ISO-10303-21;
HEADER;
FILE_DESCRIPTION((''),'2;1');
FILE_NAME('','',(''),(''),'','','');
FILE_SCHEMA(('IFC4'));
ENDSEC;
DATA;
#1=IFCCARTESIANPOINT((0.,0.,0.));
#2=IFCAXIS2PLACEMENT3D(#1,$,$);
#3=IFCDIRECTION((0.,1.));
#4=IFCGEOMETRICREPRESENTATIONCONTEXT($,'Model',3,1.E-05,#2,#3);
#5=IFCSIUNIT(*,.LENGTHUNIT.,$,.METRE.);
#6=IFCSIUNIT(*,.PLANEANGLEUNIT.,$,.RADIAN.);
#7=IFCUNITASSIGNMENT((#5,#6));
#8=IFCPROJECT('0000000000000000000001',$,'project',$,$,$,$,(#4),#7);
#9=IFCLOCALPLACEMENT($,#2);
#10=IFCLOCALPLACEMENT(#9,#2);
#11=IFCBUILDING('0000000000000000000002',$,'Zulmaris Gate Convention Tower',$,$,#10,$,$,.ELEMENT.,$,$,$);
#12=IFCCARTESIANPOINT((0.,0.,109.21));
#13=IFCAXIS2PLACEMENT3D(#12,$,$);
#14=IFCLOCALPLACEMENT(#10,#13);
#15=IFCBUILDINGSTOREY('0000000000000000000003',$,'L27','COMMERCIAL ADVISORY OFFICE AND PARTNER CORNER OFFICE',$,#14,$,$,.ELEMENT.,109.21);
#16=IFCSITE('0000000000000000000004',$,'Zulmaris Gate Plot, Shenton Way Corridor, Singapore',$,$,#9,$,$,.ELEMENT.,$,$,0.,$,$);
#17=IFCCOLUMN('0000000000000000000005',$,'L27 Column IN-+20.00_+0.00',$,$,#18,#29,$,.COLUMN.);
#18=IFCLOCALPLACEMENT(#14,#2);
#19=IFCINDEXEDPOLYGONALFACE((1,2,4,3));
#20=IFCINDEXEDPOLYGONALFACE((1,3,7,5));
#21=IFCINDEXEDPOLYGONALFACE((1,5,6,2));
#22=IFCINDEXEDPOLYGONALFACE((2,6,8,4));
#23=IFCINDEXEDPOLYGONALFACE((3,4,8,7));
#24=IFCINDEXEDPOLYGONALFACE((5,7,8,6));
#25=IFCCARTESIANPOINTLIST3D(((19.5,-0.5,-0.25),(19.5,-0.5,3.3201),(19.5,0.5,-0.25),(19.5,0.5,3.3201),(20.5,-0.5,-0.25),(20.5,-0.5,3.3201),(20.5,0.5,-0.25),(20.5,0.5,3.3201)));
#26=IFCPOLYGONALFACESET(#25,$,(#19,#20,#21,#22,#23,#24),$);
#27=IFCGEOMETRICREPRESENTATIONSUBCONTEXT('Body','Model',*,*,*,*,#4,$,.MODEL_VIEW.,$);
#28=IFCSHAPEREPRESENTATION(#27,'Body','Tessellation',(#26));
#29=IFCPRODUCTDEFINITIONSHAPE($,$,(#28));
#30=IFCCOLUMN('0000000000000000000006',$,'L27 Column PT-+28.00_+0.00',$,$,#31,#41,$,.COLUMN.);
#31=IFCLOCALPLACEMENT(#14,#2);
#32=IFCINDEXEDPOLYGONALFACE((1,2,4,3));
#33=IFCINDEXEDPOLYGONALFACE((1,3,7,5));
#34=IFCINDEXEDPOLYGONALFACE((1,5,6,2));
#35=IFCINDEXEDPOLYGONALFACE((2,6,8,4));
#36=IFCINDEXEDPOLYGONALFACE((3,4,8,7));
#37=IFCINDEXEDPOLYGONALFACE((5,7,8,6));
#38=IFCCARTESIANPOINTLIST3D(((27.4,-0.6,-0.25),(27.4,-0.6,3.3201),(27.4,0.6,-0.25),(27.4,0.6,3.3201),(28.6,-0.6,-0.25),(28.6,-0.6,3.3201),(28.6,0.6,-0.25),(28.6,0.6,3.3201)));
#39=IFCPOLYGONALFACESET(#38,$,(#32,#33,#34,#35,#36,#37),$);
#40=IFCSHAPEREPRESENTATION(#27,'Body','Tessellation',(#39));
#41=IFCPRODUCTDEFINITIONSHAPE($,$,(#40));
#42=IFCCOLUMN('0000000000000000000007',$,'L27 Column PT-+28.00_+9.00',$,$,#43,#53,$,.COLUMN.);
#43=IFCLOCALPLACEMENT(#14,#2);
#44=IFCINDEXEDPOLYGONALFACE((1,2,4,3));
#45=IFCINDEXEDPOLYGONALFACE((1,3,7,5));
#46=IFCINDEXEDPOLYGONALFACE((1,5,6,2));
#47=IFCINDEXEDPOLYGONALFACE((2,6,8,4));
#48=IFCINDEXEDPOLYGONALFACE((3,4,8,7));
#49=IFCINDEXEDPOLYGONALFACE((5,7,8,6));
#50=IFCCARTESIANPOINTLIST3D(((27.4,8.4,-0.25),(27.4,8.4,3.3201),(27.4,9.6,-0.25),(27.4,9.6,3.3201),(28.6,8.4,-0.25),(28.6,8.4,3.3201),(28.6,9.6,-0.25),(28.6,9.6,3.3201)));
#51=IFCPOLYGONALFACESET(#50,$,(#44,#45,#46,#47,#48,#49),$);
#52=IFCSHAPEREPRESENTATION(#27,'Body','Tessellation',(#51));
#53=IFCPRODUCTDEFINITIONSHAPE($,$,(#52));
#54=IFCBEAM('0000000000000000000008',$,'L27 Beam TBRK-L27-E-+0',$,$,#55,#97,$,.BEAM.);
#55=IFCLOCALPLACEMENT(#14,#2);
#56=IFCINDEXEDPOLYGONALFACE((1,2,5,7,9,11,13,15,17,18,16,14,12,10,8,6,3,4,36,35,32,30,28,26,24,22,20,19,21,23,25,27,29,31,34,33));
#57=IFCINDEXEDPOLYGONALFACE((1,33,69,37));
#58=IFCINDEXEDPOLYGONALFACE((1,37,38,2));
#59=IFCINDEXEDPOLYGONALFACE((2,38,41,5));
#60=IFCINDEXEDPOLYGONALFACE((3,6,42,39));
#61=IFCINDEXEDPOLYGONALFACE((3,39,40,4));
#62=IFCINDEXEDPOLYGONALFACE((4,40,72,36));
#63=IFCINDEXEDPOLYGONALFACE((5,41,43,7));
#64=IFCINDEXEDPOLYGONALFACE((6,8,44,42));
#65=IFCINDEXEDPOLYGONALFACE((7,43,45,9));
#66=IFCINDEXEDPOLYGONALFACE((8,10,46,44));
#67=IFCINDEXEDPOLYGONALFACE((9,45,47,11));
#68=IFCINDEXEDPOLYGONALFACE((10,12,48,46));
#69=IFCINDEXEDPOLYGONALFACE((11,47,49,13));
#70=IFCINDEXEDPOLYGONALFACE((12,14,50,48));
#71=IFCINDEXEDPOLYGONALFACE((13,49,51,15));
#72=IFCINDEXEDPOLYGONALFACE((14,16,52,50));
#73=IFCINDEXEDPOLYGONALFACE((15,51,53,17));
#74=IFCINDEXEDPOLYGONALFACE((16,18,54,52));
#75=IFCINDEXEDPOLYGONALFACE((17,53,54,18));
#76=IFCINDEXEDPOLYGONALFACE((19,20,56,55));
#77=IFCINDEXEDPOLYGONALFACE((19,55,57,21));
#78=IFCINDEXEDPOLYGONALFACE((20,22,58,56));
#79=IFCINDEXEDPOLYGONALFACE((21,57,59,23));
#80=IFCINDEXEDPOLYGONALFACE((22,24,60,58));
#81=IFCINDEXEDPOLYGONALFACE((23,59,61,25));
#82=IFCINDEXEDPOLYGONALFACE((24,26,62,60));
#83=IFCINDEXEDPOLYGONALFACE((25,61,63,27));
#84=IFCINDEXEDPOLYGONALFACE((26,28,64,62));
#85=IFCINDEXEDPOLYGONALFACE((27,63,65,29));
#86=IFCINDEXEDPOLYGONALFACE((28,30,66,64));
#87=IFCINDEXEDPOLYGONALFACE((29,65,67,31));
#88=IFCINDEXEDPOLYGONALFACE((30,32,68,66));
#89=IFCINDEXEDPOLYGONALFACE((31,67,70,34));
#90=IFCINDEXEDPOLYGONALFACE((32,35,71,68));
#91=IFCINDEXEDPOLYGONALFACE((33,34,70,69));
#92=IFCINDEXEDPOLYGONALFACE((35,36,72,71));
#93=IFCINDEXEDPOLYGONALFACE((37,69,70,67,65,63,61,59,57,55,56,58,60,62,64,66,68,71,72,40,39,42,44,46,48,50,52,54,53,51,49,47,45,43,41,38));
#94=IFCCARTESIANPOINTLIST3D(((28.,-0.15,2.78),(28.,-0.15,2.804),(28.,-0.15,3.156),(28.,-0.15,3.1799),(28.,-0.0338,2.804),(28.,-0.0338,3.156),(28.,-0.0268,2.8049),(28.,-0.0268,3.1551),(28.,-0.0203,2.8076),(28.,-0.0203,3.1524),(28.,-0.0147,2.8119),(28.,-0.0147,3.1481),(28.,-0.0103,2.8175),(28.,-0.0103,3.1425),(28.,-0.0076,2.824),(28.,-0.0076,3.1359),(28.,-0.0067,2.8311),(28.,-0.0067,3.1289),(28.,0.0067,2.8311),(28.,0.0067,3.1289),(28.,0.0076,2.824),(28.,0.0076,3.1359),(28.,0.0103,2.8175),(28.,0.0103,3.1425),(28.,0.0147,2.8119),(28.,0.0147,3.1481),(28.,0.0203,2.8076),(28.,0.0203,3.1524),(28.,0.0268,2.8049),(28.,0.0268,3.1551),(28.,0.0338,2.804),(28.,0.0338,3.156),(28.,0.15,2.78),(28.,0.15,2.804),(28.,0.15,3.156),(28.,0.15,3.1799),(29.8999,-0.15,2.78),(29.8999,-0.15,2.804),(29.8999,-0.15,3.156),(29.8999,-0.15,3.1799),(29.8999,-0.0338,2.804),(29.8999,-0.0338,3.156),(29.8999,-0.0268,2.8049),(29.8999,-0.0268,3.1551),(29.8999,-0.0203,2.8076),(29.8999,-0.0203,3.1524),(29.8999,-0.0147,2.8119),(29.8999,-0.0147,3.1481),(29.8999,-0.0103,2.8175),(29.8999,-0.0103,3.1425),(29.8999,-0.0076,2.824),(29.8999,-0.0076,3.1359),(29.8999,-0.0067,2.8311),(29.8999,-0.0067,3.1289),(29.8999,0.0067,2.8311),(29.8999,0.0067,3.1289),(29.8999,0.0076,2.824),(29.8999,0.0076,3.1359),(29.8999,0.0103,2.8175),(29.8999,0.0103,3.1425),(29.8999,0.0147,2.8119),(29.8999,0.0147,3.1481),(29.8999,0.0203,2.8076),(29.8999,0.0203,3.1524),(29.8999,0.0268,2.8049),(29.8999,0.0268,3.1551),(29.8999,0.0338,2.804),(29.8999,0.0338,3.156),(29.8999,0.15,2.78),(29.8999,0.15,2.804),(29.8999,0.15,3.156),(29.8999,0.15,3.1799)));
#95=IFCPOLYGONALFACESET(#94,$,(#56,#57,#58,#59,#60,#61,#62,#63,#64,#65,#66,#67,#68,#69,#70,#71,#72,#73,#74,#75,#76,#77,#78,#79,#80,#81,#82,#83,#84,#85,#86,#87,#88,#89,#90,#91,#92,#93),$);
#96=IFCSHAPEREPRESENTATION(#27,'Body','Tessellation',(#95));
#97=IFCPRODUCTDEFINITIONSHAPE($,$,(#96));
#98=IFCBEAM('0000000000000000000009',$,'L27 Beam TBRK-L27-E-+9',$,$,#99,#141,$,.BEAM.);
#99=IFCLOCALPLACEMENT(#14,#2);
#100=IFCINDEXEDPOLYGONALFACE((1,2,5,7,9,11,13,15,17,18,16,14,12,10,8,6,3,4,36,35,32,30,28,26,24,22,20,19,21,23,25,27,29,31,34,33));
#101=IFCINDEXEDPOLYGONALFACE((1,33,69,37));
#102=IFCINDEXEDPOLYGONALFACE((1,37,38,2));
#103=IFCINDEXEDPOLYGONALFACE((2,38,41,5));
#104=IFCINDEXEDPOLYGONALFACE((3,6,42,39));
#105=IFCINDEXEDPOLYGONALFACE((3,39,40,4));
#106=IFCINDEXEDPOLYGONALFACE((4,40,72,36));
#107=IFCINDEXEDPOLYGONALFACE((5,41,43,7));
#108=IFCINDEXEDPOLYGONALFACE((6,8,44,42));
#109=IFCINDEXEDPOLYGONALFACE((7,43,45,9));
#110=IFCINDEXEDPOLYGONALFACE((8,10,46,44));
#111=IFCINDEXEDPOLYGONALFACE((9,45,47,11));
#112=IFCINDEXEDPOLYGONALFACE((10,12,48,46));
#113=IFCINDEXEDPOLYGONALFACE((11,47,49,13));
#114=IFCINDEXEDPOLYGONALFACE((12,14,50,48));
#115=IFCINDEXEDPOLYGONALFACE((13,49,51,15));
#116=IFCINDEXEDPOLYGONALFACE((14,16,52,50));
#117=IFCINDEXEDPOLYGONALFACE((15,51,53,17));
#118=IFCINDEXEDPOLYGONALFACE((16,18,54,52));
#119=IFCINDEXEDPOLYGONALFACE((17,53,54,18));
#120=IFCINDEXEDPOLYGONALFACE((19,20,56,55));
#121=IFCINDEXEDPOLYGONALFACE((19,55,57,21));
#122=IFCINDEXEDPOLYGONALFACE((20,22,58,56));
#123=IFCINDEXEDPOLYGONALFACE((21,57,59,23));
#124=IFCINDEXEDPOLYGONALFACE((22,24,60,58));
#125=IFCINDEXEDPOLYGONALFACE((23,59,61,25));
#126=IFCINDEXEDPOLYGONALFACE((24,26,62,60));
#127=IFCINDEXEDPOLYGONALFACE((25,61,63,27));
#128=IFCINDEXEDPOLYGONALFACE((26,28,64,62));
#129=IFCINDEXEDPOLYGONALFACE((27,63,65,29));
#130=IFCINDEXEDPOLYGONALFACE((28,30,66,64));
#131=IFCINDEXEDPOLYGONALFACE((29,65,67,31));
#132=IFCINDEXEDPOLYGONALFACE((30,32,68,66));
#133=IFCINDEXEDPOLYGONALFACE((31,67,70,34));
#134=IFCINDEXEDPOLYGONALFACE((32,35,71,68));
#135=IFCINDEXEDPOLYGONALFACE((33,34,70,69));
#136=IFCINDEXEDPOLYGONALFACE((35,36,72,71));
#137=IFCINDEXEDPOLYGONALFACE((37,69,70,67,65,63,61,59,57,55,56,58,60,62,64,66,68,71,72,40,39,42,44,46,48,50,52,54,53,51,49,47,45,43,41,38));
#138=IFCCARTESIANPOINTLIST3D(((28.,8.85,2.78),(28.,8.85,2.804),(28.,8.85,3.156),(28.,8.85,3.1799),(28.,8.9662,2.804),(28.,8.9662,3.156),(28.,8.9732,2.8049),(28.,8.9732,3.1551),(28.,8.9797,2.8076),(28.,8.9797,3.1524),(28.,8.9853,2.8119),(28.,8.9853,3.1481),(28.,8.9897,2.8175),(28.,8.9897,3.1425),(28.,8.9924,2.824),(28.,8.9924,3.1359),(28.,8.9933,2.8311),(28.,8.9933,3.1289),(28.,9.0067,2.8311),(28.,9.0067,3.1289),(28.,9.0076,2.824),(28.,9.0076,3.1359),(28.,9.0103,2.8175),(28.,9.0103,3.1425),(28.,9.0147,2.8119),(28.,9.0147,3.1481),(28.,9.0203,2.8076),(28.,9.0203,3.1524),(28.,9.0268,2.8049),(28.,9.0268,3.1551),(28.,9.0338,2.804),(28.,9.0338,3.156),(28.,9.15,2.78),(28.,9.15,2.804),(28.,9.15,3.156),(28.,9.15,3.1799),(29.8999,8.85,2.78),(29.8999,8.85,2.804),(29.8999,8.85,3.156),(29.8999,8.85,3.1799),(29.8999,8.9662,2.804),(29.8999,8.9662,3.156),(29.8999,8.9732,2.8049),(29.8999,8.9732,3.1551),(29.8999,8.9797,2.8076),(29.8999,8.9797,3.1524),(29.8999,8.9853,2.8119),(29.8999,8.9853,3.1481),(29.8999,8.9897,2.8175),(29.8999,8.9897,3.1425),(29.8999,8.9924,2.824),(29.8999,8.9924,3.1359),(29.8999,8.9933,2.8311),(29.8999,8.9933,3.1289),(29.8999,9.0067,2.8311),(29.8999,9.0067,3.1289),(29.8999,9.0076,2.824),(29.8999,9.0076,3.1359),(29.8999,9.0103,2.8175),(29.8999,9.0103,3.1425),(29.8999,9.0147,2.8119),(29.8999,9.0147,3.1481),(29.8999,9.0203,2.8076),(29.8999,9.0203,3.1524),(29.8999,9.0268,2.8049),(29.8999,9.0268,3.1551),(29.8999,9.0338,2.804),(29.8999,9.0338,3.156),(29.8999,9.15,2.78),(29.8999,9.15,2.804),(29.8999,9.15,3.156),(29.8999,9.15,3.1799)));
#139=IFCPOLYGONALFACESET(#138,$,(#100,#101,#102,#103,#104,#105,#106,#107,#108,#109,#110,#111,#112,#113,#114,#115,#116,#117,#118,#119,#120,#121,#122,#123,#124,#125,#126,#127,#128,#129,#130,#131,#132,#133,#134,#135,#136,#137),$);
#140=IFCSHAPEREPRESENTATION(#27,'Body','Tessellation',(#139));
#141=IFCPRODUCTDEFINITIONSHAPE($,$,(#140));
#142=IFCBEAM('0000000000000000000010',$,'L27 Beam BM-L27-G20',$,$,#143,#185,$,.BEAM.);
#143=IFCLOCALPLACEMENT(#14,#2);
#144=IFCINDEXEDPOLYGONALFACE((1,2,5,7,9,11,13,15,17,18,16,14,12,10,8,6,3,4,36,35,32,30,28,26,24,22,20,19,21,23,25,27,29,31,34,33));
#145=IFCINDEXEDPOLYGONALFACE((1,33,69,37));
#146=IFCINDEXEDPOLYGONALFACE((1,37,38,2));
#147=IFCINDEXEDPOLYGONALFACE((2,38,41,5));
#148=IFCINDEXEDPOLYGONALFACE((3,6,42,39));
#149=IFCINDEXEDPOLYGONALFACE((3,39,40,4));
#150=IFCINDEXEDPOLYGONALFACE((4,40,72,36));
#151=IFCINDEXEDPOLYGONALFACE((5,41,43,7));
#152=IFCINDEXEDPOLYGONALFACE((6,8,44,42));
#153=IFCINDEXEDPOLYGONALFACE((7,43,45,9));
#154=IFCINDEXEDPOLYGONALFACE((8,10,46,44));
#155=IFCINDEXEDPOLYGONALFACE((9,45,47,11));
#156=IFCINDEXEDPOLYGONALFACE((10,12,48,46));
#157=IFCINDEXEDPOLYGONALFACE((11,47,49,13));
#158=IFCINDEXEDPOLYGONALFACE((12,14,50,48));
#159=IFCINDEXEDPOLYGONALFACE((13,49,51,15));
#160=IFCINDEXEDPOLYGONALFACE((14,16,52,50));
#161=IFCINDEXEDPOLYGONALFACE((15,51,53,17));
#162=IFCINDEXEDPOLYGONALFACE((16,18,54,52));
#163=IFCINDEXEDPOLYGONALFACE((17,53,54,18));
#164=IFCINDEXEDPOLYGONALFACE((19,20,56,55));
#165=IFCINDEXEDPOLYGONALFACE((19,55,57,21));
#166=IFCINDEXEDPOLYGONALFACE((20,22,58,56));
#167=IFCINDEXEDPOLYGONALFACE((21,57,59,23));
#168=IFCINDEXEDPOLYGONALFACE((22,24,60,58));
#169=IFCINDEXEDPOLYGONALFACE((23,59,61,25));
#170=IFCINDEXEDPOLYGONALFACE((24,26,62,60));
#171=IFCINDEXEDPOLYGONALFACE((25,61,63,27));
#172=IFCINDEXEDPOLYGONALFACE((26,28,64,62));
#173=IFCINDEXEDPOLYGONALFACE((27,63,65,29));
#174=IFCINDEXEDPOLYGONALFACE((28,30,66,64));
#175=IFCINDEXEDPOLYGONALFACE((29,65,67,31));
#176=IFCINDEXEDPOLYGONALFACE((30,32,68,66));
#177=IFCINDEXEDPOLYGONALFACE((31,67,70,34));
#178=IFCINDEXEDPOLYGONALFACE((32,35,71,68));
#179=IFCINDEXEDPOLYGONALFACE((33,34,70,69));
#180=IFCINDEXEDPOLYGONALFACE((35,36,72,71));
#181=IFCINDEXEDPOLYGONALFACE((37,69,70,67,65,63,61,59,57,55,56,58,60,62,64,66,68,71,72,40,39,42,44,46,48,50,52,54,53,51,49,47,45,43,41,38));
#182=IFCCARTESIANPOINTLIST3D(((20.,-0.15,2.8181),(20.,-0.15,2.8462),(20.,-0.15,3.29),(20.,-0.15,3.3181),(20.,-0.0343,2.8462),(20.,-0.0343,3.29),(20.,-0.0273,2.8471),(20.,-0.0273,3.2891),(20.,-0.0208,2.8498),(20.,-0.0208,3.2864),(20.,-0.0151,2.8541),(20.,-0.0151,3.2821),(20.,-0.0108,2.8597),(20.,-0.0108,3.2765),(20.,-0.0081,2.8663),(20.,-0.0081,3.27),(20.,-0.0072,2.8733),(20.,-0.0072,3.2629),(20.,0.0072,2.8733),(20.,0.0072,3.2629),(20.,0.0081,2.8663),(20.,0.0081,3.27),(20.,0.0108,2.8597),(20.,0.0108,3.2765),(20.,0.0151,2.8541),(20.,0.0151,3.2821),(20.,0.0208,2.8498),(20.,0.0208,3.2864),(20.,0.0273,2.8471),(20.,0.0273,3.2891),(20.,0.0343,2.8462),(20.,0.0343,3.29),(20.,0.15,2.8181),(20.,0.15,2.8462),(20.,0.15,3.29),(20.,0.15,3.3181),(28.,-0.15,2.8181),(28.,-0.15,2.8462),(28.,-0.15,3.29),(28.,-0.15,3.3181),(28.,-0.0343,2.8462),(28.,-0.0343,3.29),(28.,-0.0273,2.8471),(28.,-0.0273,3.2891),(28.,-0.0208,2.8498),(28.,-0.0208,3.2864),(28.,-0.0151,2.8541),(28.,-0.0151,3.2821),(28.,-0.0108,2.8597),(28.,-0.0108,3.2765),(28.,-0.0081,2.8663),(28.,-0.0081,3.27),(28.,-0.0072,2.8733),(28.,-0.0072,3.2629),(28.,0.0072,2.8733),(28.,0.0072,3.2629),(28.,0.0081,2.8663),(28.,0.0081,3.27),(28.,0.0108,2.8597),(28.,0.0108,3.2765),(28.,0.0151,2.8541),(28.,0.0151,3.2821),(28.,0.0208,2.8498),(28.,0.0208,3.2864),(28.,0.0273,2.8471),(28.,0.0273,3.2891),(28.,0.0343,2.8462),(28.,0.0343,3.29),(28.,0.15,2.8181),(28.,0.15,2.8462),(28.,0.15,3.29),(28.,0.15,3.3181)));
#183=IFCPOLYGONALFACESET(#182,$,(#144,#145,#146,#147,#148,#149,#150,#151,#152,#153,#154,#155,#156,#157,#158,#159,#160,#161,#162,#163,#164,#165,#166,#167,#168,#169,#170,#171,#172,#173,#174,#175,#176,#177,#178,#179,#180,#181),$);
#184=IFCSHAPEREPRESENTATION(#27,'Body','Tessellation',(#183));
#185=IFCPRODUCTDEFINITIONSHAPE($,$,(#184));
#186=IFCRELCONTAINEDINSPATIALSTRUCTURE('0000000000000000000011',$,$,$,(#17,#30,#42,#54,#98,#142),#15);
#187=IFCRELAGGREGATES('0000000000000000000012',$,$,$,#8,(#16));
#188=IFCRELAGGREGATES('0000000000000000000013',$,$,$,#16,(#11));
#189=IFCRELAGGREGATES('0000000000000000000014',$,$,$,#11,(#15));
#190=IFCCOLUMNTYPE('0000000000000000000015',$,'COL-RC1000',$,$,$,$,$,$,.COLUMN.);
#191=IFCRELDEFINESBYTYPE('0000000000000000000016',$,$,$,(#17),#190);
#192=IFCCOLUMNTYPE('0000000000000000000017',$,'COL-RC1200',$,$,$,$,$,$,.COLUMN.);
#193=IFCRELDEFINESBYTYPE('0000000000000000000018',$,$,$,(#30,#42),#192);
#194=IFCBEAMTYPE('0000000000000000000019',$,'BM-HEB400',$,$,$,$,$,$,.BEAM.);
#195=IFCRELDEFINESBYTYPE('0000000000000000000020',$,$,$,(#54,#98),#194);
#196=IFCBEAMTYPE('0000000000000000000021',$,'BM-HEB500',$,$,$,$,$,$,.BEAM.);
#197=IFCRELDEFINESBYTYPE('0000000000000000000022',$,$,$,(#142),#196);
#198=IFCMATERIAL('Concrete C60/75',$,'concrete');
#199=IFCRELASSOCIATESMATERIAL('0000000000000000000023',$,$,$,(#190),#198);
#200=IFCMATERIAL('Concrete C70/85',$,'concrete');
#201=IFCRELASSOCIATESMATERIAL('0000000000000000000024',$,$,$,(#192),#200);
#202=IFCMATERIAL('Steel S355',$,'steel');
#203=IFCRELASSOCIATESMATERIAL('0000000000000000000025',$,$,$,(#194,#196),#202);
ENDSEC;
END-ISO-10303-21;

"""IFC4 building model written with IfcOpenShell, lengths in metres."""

from ifc_helpers import new_model, si_unit, direction, frame, origin, origin_2d, place, context, subcontext, project, spatial, rectangle, i_section, extrude, material, material_profile, profile_set, type_object, element, save


model = new_model("IFC4")

# Units and contexts
model_context = context("Model", 3, precision=1e-05, world=origin(), true_north=direction((0.0, 1.0)))
body_context = subcontext(model_context, "Body", "Model", "MODEL_VIEW")
ifc_project = project(units=[si_unit("LENGTHUNIT", "METRE"), si_unit("PLANEANGLEUNIT", "RADIAN")], contexts=[model_context])

# Site, building, storey
site_placement = place(None, origin())
site = spatial("IfcSite", under=ifc_project, at=site_placement, Name="Zulmaris Gate Plot, Shenton Way Corridor, Singapore", CompositionType="ELEMENT", RefElevation=0.0)
building_placement = place(site_placement, origin())
building = spatial("IfcBuilding", under=site, at=building_placement, Name="Zulmaris Gate Convention Tower", CompositionType="ELEMENT")
storey_placement = place(building_placement, frame((0.0, 0.0, 109.21)))
storey = spatial("IfcBuildingStorey", under=building, at=storey_placement, Name="L27", Description="COMMERCIAL ADVISORY OFFICE AND PARTNER CORNER OFFICE", CompositionType="ELEMENT", Elevation=109.21)

# Columns
ifc_material_1 = material(Name="Concrete C60/75", Category="concrete")
ifc_material_profile_1 = material_profile(ifc_material_1, rectangle(XDim=1.0, YDim=1.0, at=origin_2d()), Name="RC COL 1000x1000")
ifc_profile_set_1 = profile_set([ifc_material_profile_1], Name="Concrete C60/75")
column_type_1 = type_object("IfcColumnType", Name="COL-RC1000", PredefinedType="COLUMN", material=ifc_profile_set_1)
column_placement = place(storey_placement, frame((20.0, 0.0, -0.25), z_axis=(0.0, 0.0, 1.0), x_axis=(1.0, 0.0, 0.0)))
element("IfcColumn", 1, at=column_placement, inside=storey, type_object=column_type_1, Name="L27 Column IN-+20.00_+0.00", PredefinedType="COLUMN", context=body_context, shape_type="SweptSolid", body=[
    extrude(rectangle(XDim=1.0, YDim=1.0, at=origin_2d()), origin(), (0.0, 0.0, 1.0), 3.5701),
])
ifc_material_2 = material(Name="Concrete C70/85", Category="concrete")
ifc_material_profile_2 = material_profile(ifc_material_2, rectangle(XDim=1.2, YDim=1.2, at=origin_2d()), Name="RC COL 1200x1200")
ifc_profile_set_2 = profile_set([ifc_material_profile_2], Name="Concrete C70/85")
column_type_2 = type_object("IfcColumnType", Name="COL-RC1200", PredefinedType="COLUMN", material=ifc_profile_set_2)
for number, where, z_axis, x_axis, name in (
    (2, (28.0, 0.0, -0.25), (0.0, 0.0, 1.0), (1.0, 0.0, 0.0), "L27 Column PT-+28.00_+0.00"),
    (3, (28.0, 9.0, -0.25), (0.0, 0.0, 1.0), (1.0, 0.0, 0.0), "L27 Column PT-+28.00_+9.00"),
):
    element("IfcColumn", number, at=place(storey_placement, frame(where, z_axis=z_axis, x_axis=x_axis)), inside=storey, type_object=column_type_2, Name=name, PredefinedType="COLUMN", context=body_context, shape_type="SweptSolid", body=[
        extrude(rectangle(XDim=1.2, YDim=1.2, at=origin_2d()), origin(), (0.0, 0.0, 1.0), 3.5701),
    ])

# Beams
ifc_material_3 = material(Name="Steel S355", Category="steel")
ifc_material_profile_3 = material_profile(ifc_material_3, i_section(OverallWidth=0.3, OverallDepth=0.3999, WebThickness=0.0134, FlangeThickness=0.0239, FilletRadius=0.0271, at=origin_2d()), Name="HEB 400")
ifc_profile_set_3 = profile_set([ifc_material_profile_3], Name="Steel S355")
beam_type_1 = type_object("IfcBeamType", Name="BM-HEB400", PredefinedType="BEAM", material=ifc_profile_set_3)
for number, where, z_axis, x_axis, name in (
    (4, (28.0, 0.0, 2.98), (1.0, 0.0, 0.0), (0.0, 1.0, 0.0), "L27 Beam TBRK-L27-E-+0"),
    (5, (28.0, 9.0, 2.98), (1.0, 0.0, 0.0), (0.0, 1.0, 0.0), "L27 Beam TBRK-L27-E-+9"),
):
    element("IfcBeam", number, at=place(storey_placement, frame(where, z_axis=z_axis, x_axis=x_axis)), inside=storey, type_object=beam_type_1, Name=name, PredefinedType="BEAM", context=body_context, shape_type="SweptSolid", body=[
        extrude(i_section(OverallWidth=0.3, OverallDepth=0.3999, WebThickness=0.0134, FlangeThickness=0.0239, FilletRadius=0.0271, at=origin_2d()), origin(), (0.0, 0.0, 1.0), 1.8999),
    ])
ifc_material_profile_4 = material_profile(ifc_material_3, i_section(OverallWidth=0.3, OverallDepth=0.5, WebThickness=0.0144, FlangeThickness=0.0281, FilletRadius=0.0271, at=origin_2d()), Name="HEB 500")
ifc_profile_set_4 = profile_set([ifc_material_profile_4], Name="Steel S355")
beam_type_2 = type_object("IfcBeamType", Name="BM-HEB500", PredefinedType="BEAM", material=ifc_profile_set_4)
for number, where, z_axis, x_axis, name in (
    (6, (20.0, 0.0, 3.0681), (1.0, 0.0, 0.0), (0.0, 1.0, 0.0), "L27 Beam BM-L27-G20"),
):
    element("IfcBeam", number, at=place(storey_placement, frame(where, z_axis=z_axis, x_axis=x_axis)), inside=storey, type_object=beam_type_2, Name=name, PredefinedType="BEAM", context=body_context, shape_type="SweptSolid", body=[
        extrude(i_section(OverallWidth=0.3, OverallDepth=0.5, WebThickness=0.0144, FlangeThickness=0.0281, FilletRadius=0.0271, at=origin_2d()), origin(), (0.0, 0.0, 1.0), 8.0),
    ])

save(model, "model.ifc")
